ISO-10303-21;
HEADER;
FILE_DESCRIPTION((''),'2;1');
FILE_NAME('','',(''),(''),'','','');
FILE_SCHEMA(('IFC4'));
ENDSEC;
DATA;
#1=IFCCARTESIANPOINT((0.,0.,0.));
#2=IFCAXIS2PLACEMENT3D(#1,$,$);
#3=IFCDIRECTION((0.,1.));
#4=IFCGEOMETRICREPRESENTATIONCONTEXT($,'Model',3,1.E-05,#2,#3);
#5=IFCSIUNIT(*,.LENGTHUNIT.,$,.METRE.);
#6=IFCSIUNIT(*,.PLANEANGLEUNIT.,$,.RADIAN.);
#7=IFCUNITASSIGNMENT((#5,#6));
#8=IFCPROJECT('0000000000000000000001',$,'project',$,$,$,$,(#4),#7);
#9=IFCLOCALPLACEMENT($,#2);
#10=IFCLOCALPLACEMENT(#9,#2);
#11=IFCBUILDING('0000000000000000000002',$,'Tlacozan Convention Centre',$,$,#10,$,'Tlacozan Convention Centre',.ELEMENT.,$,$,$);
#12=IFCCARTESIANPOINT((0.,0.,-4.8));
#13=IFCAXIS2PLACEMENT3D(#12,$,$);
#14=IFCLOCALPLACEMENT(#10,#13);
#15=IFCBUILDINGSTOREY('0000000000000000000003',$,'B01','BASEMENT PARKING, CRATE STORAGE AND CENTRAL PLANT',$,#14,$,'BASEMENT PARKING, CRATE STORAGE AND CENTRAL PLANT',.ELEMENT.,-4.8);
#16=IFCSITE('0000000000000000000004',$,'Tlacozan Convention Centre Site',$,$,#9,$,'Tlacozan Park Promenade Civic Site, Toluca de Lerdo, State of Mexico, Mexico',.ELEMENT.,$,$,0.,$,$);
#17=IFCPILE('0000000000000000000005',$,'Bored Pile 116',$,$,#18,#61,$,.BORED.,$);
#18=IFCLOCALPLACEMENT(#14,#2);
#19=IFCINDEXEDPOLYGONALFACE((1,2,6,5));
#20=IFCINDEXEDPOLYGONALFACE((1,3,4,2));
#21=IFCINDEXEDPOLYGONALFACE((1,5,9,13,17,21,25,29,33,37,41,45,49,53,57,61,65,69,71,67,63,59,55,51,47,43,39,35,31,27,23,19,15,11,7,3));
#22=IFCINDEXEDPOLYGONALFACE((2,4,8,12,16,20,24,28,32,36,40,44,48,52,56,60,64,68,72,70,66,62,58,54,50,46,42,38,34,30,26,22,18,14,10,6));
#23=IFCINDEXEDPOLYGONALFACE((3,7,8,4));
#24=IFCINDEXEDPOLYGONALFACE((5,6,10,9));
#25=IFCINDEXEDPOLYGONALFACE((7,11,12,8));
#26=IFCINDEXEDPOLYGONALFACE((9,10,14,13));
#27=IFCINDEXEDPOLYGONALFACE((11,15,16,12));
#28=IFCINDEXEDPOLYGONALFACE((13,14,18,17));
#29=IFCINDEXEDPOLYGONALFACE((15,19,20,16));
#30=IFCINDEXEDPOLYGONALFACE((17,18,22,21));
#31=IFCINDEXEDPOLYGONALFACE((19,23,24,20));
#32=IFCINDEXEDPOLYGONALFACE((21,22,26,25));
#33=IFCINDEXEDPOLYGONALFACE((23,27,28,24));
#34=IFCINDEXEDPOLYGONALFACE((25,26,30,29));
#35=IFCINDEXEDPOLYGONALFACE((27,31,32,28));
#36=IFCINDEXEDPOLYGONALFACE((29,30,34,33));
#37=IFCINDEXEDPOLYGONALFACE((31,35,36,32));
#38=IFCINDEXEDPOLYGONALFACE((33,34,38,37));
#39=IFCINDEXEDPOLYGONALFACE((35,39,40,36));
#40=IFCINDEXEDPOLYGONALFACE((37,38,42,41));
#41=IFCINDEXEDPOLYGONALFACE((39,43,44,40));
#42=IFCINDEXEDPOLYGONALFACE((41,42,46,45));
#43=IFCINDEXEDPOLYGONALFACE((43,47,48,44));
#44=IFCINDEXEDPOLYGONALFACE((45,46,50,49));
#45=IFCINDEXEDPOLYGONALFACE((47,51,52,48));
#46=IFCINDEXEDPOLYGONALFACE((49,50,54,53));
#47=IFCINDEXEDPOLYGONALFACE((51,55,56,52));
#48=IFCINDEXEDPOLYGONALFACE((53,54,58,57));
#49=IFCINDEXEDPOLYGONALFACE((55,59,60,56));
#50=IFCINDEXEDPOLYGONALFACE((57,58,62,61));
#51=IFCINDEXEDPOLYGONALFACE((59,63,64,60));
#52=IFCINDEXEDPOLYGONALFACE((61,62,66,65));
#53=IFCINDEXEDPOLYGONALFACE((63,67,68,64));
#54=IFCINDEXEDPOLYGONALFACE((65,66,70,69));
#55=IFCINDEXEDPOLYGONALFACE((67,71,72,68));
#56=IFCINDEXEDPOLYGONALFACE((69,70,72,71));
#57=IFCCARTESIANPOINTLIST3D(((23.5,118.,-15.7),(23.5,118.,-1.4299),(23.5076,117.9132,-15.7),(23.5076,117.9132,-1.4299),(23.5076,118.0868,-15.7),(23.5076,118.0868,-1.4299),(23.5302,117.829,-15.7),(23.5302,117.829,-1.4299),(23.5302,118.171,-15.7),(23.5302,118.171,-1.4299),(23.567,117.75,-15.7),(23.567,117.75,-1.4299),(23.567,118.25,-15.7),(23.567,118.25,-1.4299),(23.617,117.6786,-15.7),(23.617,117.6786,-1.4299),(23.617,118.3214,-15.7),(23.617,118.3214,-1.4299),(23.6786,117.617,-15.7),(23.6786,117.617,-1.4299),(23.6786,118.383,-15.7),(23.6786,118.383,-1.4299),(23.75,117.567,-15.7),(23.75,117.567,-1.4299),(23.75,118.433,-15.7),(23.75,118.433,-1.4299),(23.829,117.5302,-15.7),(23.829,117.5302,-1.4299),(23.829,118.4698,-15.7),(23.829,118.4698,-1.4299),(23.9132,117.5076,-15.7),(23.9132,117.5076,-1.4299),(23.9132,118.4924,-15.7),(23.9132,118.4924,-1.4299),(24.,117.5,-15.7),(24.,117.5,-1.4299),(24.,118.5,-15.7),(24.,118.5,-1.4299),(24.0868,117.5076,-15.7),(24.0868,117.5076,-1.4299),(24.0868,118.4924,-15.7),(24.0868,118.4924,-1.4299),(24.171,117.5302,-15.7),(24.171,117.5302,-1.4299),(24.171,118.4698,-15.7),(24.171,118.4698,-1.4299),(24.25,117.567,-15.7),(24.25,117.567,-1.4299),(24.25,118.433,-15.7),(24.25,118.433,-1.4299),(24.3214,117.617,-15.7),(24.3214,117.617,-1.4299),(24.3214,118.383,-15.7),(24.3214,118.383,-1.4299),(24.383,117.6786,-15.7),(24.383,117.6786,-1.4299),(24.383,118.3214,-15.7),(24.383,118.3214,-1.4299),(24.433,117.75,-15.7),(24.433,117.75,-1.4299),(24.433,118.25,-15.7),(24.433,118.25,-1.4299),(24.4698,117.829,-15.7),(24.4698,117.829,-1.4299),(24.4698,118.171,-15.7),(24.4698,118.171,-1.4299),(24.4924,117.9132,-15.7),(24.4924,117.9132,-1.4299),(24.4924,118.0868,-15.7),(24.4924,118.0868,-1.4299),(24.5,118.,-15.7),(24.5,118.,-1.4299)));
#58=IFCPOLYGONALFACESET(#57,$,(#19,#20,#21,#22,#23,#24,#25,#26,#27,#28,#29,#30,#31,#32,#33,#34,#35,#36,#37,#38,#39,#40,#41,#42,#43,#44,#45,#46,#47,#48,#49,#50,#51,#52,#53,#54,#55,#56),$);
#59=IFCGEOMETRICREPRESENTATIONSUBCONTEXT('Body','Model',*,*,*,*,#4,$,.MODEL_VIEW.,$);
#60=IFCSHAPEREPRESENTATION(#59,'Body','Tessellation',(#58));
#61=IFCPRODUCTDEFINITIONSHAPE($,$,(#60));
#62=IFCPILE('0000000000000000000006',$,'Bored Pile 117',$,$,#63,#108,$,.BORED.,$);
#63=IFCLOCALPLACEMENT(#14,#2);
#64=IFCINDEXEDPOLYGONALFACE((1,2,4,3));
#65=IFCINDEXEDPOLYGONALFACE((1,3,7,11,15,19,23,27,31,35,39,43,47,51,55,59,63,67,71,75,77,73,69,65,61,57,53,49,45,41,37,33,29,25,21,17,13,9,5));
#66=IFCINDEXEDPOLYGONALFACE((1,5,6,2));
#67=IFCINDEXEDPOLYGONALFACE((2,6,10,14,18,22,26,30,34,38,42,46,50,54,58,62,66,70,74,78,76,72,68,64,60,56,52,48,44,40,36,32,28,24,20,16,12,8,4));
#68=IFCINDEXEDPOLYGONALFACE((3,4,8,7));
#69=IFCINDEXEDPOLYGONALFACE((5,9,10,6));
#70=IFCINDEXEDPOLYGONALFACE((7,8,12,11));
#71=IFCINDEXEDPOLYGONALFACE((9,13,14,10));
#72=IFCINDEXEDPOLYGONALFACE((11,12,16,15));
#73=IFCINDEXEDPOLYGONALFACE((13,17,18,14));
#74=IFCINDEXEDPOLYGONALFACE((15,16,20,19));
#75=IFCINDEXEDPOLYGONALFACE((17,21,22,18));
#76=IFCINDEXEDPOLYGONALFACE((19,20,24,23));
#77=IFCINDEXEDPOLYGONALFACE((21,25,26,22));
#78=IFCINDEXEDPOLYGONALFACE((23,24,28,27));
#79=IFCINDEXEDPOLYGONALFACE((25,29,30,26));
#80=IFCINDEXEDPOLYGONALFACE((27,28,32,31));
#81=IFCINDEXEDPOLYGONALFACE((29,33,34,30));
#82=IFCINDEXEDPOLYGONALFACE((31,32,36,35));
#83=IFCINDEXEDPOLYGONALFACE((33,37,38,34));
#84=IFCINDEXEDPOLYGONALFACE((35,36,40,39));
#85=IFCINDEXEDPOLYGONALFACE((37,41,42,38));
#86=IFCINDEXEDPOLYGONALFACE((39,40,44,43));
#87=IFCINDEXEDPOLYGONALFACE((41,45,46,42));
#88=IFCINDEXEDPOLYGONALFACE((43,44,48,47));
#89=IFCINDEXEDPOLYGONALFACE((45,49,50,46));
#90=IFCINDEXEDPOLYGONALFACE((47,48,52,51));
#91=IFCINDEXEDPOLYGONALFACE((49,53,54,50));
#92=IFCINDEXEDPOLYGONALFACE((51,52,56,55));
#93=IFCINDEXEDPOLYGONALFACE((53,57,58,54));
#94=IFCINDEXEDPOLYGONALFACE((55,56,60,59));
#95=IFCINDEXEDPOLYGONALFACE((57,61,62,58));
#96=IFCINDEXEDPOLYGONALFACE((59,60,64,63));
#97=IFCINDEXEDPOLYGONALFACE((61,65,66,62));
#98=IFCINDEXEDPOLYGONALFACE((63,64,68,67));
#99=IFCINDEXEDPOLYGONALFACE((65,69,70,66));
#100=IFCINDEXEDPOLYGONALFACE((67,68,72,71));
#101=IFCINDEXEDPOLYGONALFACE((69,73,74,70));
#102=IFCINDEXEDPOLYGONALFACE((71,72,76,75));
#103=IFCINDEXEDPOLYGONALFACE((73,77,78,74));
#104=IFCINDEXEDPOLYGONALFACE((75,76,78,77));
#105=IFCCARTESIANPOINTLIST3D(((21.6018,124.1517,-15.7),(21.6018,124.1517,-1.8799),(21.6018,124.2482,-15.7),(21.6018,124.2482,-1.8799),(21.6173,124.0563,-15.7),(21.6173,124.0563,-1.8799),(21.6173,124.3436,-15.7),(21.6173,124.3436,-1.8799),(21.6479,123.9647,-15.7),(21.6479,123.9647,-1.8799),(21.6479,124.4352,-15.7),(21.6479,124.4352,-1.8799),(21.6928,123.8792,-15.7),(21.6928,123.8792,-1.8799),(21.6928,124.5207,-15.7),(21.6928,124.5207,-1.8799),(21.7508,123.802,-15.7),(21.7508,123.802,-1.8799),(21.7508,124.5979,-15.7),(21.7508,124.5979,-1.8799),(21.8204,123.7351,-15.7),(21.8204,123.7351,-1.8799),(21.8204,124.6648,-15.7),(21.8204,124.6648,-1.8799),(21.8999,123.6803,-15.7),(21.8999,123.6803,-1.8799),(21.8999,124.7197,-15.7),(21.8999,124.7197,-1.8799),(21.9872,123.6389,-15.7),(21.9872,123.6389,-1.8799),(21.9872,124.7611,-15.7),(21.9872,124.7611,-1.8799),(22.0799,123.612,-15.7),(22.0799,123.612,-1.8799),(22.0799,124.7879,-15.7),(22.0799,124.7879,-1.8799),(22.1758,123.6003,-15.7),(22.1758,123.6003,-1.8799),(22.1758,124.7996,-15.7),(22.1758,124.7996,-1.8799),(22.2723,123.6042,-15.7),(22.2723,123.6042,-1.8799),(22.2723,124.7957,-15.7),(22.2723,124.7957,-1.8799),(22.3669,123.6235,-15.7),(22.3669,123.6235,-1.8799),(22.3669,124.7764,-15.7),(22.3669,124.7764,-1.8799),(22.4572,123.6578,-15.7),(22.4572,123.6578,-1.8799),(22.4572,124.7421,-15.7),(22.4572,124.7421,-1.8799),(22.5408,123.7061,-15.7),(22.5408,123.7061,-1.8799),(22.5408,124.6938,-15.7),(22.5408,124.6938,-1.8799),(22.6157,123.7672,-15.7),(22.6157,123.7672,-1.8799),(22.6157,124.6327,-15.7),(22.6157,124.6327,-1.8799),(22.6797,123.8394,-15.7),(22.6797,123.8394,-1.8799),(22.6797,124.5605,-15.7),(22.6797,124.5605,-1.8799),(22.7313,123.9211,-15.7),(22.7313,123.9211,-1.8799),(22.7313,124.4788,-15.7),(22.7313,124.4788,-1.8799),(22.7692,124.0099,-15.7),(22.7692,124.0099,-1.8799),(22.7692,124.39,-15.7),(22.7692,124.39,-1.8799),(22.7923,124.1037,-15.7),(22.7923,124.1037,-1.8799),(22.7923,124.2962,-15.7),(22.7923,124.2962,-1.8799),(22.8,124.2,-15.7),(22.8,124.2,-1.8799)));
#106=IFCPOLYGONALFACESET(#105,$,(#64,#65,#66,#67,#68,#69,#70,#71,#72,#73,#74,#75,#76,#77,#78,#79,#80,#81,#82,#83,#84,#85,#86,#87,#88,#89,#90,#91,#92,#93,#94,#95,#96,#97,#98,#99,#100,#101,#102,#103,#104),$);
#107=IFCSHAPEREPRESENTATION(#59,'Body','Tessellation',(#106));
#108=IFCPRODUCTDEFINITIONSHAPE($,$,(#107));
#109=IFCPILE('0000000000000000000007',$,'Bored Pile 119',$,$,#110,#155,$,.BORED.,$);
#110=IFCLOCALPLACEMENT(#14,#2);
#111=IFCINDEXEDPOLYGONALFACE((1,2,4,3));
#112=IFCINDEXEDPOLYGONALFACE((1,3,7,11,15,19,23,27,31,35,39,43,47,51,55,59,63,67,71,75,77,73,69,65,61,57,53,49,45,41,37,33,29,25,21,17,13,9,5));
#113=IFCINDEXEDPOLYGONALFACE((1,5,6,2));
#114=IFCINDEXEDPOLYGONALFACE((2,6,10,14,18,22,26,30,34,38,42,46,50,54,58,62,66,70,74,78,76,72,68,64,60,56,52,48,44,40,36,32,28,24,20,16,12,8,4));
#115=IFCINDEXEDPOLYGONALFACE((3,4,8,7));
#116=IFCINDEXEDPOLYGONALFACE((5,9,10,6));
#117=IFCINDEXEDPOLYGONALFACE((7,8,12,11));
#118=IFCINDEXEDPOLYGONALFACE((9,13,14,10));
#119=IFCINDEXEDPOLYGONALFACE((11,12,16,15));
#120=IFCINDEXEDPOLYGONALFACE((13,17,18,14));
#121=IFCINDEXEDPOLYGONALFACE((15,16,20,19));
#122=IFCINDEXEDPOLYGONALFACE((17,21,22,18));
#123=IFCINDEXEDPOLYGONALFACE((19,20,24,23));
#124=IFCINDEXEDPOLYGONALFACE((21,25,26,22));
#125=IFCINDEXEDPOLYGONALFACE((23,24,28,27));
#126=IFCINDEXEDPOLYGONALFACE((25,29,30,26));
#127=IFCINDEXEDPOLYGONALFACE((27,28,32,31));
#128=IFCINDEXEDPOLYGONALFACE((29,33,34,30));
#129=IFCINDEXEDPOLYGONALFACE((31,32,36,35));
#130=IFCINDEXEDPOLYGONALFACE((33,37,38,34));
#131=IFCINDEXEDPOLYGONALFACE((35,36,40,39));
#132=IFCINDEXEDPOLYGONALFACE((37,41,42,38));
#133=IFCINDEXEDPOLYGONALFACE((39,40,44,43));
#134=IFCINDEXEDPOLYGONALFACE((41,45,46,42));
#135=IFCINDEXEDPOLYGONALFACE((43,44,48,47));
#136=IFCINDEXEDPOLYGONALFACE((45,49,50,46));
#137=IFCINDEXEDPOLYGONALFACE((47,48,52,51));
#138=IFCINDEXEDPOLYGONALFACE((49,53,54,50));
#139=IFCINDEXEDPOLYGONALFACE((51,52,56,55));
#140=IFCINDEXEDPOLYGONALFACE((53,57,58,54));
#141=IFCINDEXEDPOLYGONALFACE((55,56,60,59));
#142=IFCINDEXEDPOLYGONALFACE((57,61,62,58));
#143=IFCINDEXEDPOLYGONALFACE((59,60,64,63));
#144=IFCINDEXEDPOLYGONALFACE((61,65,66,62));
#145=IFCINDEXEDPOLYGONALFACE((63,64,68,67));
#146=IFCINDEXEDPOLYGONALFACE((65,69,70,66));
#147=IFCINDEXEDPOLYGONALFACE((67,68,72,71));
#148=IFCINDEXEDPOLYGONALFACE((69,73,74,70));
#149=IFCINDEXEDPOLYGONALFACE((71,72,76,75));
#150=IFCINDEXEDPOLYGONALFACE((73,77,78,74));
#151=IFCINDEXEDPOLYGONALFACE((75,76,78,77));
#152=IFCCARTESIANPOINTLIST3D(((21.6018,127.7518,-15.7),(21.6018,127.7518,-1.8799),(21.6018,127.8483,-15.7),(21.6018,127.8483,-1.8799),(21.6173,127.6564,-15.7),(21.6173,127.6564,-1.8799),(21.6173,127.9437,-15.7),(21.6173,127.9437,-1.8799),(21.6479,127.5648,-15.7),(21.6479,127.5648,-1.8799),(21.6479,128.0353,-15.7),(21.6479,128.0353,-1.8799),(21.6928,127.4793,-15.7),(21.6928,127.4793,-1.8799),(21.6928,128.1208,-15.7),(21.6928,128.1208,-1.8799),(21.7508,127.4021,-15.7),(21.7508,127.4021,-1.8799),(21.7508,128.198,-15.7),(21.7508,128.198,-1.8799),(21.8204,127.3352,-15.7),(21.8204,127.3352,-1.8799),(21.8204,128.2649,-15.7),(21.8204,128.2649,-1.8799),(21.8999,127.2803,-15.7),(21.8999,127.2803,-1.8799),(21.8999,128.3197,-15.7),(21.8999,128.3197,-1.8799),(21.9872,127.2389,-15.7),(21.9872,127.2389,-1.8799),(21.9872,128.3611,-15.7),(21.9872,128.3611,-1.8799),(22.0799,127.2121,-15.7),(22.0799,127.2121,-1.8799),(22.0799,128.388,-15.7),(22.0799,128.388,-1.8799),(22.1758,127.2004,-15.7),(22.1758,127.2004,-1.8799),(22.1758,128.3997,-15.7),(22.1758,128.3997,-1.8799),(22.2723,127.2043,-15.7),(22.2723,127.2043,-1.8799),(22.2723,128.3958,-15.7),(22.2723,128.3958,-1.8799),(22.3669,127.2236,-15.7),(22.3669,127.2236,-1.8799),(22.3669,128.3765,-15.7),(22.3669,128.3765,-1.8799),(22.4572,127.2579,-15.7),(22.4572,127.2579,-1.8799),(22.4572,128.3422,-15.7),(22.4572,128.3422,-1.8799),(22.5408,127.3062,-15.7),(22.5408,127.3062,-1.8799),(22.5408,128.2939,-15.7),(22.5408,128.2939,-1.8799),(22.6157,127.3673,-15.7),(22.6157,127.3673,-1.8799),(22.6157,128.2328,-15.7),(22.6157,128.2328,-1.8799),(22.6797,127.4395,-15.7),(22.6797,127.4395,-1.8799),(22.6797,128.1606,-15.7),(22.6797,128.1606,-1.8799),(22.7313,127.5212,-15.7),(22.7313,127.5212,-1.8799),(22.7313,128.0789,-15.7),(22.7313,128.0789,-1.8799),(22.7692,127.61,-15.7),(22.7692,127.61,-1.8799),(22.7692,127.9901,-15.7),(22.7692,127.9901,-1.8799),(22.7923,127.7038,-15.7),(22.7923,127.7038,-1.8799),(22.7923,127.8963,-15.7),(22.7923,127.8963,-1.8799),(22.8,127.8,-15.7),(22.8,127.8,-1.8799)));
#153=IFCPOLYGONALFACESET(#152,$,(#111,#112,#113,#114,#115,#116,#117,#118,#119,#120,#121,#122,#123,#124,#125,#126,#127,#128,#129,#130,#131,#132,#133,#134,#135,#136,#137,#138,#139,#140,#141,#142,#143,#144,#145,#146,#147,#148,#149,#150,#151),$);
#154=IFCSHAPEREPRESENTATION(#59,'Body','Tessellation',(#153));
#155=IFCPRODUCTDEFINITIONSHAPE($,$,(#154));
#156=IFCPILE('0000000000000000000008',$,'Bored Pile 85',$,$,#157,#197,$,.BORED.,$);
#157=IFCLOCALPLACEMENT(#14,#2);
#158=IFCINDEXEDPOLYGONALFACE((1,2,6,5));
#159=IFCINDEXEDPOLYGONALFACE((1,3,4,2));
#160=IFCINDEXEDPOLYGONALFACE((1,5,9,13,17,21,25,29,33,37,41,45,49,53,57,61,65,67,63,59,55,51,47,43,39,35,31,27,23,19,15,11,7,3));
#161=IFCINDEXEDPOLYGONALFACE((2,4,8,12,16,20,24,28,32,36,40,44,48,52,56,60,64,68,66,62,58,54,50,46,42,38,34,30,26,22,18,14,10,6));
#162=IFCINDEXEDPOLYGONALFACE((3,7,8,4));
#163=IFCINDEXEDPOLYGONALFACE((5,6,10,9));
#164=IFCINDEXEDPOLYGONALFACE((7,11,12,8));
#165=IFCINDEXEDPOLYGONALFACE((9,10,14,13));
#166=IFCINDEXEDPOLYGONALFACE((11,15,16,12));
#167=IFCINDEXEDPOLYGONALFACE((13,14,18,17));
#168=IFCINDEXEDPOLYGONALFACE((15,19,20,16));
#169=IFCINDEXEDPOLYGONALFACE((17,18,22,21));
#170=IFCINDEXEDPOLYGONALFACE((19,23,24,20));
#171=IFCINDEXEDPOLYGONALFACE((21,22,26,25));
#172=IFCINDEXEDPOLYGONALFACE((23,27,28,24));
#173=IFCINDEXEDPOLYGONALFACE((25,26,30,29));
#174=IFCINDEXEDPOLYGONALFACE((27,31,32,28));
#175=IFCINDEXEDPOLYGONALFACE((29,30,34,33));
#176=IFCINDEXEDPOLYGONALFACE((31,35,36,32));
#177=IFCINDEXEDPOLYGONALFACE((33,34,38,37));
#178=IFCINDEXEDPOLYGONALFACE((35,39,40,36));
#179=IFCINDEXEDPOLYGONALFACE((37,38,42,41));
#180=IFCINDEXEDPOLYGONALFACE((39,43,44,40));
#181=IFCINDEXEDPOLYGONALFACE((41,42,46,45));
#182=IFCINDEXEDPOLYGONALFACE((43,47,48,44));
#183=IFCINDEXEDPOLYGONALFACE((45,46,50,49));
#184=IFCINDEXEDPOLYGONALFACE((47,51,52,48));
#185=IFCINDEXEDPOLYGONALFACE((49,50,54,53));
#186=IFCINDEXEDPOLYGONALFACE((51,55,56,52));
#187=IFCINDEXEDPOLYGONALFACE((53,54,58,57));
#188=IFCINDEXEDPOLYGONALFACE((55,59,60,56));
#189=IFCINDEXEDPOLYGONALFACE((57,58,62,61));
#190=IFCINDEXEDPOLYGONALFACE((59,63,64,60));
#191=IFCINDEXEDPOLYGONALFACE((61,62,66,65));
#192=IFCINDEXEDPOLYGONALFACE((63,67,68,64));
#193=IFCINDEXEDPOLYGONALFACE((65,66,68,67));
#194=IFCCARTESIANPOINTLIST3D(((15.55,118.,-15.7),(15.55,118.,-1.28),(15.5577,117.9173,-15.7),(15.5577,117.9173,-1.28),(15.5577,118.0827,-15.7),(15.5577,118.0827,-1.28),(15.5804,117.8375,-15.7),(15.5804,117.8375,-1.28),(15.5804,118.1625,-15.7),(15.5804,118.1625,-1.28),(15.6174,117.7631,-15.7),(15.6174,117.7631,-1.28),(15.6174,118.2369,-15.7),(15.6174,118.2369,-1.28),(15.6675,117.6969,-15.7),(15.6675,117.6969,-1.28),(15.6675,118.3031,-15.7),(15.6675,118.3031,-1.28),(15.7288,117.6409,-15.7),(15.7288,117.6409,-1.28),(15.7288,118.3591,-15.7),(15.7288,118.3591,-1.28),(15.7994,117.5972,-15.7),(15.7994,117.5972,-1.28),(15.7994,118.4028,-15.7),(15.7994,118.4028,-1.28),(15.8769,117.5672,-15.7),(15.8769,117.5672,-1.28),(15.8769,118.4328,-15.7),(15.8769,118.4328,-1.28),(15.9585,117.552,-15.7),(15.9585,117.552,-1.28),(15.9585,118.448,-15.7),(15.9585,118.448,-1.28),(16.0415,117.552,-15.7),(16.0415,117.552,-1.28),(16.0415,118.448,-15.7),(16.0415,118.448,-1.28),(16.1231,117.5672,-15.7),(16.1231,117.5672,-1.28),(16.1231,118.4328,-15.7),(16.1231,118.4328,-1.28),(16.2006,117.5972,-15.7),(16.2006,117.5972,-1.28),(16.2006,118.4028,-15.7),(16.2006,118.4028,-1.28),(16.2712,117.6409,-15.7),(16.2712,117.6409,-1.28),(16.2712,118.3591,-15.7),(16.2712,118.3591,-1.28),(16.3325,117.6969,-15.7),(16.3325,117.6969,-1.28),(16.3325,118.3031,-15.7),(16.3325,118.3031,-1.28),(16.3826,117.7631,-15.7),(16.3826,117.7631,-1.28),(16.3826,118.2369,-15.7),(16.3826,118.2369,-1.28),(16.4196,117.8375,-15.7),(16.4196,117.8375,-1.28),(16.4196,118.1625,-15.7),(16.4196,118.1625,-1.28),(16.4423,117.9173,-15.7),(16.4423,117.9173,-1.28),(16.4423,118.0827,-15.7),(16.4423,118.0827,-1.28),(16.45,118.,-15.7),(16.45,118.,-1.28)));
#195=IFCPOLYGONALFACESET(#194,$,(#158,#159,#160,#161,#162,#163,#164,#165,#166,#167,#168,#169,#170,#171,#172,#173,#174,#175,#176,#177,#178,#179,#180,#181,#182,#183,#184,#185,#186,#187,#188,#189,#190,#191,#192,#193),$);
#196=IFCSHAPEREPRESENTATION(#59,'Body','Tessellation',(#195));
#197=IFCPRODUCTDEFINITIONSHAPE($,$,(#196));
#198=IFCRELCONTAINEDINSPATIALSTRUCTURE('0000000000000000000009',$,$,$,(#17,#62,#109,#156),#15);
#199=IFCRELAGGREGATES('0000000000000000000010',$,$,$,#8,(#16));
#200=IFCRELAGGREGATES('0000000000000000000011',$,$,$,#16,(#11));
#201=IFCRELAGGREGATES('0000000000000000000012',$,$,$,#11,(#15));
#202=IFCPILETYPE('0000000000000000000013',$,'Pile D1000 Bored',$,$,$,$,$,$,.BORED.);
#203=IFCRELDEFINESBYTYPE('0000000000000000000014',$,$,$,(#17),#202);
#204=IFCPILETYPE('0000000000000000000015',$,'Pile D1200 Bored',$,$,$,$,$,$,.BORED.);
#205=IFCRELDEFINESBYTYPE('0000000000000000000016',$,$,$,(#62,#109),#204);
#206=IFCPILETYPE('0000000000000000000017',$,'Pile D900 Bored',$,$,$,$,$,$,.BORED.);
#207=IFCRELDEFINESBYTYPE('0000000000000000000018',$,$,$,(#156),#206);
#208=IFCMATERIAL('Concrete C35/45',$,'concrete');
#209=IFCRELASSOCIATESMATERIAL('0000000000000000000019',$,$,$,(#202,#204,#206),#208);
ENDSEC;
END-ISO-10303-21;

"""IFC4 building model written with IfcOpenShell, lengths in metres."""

from ifc_helpers import new_model, si_unit, direction, frame, origin, origin_2d, place, context, subcontext, project, spatial, circle, extrude, material, material_profile, profile_set, type_object, element, save


model = new_model("IFC4")

# Units and contexts
model_context = context("Model", 3, precision=1e-05, world=origin(), true_north=direction((0.0, 1.0)))
body_context = subcontext(model_context, "Body", "Model", "MODEL_VIEW")
ifc_project = project(units=[si_unit("LENGTHUNIT", "METRE"), si_unit("PLANEANGLEUNIT", "RADIAN")], contexts=[model_context])

# Site, building, storey
site_placement = place(None, origin())
site = spatial("IfcSite", under=ifc_project, at=site_placement, Name="Tlacozan Convention Centre Site", LongName="Tlacozan Park Promenade Civic Site, Toluca de Lerdo, State of Mexico, Mexico", CompositionType="ELEMENT", RefElevation=0.0)
building_placement = place(site_placement, origin())
building = spatial("IfcBuilding", under=site, at=building_placement, Name="Tlacozan Convention Centre", LongName="Tlacozan Convention Centre", CompositionType="ELEMENT")
storey_placement = place(building_placement, frame((0.0, 0.0, -4.8)))
storey = spatial("IfcBuildingStorey", under=building, at=storey_placement, Name="B01", Description="BASEMENT PARKING, CRATE STORAGE AND CENTRAL PLANT", LongName="BASEMENT PARKING, CRATE STORAGE AND CENTRAL PLANT", CompositionType="ELEMENT", Elevation=-4.8)

# Shared definitions
ifc_material_1 = material(Name="Concrete C35/45", Category="concrete")

# Piles
ifc_material_profile_1 = material_profile(ifc_material_1, circle(Radius=0.5, at=origin_2d()), Name="PILE D1000")
ifc_profile_set_1 = profile_set([ifc_material_profile_1], Name="Concrete C35/45")
pile_type_1 = type_object("IfcPileType", Name="Pile D1000 Bored", PredefinedType="BORED", material=ifc_profile_set_1)
pile_1_placement = place(storey_placement, frame((24.0, 118.0, -1.4299), z_axis=(0.0, 0.0, -1.0), x_axis=(1.0, 0.0, 0.0)))
element("IfcPile", 1, at=pile_1_placement, inside=storey, type_object=pile_type_1, Name="Bored Pile 116", PredefinedType="BORED", context=body_context, shape_type="SweptSolid", body=[
    extrude(circle(Radius=0.5, at=origin_2d()), origin(), (0.0, 0.0, 1.0), 14.27),
])
ifc_material_profile_2 = material_profile(ifc_material_1, circle(Radius=0.6001, at=origin_2d()), Name="PILE D1200")
ifc_profile_set_2 = profile_set([ifc_material_profile_2], Name="Concrete C35/45")
pile_type_2 = type_object("IfcPileType", Name="Pile D1200 Bored", PredefinedType="BORED", material=ifc_profile_set_2)
for number, where, z_axis, x_axis, name in (
    (2, (22.2, 124.2, -1.8799), (0.0, 0.0, -1.0), (1.0, 0.0, 0.0), "Bored Pile 117"),
    (3, (22.2, 127.8, -1.8799), (0.0, 0.0, -1.0), (1.0, 0.0, 0.0), "Bored Pile 119"),
):
    element("IfcPile", number, at=place(storey_placement, frame(where, z_axis=z_axis, x_axis=x_axis)), inside=storey, type_object=pile_type_2, Name=name, PredefinedType="BORED", context=body_context, shape_type="SweptSolid", body=[
        extrude(circle(Radius=0.6001, at=origin_2d()), origin(), (0.0, 0.0, 1.0), 13.8201),
    ])
ifc_material_profile_3 = material_profile(ifc_material_1, circle(Radius=0.45, at=origin_2d()), Name="PILE D900")
ifc_profile_set_3 = profile_set([ifc_material_profile_3], Name="Concrete C35/45")
pile_type_3 = type_object("IfcPileType", Name="Pile D900 Bored", PredefinedType="BORED", material=ifc_profile_set_3)
pile_2_placement = place(storey_placement, frame((16.0, 118.0, -1.28), z_axis=(0.0, 0.0, -1.0), x_axis=(1.0, 0.0, 0.0)))
element("IfcPile", 4, at=pile_2_placement, inside=storey, type_object=pile_type_3, Name="Bored Pile 85", PredefinedType="BORED", context=body_context, shape_type="SweptSolid", body=[
    extrude(circle(Radius=0.45, at=origin_2d()), origin(), (0.0, 0.0, 1.0), 14.4199),
])

save(model, "model.ifc")
